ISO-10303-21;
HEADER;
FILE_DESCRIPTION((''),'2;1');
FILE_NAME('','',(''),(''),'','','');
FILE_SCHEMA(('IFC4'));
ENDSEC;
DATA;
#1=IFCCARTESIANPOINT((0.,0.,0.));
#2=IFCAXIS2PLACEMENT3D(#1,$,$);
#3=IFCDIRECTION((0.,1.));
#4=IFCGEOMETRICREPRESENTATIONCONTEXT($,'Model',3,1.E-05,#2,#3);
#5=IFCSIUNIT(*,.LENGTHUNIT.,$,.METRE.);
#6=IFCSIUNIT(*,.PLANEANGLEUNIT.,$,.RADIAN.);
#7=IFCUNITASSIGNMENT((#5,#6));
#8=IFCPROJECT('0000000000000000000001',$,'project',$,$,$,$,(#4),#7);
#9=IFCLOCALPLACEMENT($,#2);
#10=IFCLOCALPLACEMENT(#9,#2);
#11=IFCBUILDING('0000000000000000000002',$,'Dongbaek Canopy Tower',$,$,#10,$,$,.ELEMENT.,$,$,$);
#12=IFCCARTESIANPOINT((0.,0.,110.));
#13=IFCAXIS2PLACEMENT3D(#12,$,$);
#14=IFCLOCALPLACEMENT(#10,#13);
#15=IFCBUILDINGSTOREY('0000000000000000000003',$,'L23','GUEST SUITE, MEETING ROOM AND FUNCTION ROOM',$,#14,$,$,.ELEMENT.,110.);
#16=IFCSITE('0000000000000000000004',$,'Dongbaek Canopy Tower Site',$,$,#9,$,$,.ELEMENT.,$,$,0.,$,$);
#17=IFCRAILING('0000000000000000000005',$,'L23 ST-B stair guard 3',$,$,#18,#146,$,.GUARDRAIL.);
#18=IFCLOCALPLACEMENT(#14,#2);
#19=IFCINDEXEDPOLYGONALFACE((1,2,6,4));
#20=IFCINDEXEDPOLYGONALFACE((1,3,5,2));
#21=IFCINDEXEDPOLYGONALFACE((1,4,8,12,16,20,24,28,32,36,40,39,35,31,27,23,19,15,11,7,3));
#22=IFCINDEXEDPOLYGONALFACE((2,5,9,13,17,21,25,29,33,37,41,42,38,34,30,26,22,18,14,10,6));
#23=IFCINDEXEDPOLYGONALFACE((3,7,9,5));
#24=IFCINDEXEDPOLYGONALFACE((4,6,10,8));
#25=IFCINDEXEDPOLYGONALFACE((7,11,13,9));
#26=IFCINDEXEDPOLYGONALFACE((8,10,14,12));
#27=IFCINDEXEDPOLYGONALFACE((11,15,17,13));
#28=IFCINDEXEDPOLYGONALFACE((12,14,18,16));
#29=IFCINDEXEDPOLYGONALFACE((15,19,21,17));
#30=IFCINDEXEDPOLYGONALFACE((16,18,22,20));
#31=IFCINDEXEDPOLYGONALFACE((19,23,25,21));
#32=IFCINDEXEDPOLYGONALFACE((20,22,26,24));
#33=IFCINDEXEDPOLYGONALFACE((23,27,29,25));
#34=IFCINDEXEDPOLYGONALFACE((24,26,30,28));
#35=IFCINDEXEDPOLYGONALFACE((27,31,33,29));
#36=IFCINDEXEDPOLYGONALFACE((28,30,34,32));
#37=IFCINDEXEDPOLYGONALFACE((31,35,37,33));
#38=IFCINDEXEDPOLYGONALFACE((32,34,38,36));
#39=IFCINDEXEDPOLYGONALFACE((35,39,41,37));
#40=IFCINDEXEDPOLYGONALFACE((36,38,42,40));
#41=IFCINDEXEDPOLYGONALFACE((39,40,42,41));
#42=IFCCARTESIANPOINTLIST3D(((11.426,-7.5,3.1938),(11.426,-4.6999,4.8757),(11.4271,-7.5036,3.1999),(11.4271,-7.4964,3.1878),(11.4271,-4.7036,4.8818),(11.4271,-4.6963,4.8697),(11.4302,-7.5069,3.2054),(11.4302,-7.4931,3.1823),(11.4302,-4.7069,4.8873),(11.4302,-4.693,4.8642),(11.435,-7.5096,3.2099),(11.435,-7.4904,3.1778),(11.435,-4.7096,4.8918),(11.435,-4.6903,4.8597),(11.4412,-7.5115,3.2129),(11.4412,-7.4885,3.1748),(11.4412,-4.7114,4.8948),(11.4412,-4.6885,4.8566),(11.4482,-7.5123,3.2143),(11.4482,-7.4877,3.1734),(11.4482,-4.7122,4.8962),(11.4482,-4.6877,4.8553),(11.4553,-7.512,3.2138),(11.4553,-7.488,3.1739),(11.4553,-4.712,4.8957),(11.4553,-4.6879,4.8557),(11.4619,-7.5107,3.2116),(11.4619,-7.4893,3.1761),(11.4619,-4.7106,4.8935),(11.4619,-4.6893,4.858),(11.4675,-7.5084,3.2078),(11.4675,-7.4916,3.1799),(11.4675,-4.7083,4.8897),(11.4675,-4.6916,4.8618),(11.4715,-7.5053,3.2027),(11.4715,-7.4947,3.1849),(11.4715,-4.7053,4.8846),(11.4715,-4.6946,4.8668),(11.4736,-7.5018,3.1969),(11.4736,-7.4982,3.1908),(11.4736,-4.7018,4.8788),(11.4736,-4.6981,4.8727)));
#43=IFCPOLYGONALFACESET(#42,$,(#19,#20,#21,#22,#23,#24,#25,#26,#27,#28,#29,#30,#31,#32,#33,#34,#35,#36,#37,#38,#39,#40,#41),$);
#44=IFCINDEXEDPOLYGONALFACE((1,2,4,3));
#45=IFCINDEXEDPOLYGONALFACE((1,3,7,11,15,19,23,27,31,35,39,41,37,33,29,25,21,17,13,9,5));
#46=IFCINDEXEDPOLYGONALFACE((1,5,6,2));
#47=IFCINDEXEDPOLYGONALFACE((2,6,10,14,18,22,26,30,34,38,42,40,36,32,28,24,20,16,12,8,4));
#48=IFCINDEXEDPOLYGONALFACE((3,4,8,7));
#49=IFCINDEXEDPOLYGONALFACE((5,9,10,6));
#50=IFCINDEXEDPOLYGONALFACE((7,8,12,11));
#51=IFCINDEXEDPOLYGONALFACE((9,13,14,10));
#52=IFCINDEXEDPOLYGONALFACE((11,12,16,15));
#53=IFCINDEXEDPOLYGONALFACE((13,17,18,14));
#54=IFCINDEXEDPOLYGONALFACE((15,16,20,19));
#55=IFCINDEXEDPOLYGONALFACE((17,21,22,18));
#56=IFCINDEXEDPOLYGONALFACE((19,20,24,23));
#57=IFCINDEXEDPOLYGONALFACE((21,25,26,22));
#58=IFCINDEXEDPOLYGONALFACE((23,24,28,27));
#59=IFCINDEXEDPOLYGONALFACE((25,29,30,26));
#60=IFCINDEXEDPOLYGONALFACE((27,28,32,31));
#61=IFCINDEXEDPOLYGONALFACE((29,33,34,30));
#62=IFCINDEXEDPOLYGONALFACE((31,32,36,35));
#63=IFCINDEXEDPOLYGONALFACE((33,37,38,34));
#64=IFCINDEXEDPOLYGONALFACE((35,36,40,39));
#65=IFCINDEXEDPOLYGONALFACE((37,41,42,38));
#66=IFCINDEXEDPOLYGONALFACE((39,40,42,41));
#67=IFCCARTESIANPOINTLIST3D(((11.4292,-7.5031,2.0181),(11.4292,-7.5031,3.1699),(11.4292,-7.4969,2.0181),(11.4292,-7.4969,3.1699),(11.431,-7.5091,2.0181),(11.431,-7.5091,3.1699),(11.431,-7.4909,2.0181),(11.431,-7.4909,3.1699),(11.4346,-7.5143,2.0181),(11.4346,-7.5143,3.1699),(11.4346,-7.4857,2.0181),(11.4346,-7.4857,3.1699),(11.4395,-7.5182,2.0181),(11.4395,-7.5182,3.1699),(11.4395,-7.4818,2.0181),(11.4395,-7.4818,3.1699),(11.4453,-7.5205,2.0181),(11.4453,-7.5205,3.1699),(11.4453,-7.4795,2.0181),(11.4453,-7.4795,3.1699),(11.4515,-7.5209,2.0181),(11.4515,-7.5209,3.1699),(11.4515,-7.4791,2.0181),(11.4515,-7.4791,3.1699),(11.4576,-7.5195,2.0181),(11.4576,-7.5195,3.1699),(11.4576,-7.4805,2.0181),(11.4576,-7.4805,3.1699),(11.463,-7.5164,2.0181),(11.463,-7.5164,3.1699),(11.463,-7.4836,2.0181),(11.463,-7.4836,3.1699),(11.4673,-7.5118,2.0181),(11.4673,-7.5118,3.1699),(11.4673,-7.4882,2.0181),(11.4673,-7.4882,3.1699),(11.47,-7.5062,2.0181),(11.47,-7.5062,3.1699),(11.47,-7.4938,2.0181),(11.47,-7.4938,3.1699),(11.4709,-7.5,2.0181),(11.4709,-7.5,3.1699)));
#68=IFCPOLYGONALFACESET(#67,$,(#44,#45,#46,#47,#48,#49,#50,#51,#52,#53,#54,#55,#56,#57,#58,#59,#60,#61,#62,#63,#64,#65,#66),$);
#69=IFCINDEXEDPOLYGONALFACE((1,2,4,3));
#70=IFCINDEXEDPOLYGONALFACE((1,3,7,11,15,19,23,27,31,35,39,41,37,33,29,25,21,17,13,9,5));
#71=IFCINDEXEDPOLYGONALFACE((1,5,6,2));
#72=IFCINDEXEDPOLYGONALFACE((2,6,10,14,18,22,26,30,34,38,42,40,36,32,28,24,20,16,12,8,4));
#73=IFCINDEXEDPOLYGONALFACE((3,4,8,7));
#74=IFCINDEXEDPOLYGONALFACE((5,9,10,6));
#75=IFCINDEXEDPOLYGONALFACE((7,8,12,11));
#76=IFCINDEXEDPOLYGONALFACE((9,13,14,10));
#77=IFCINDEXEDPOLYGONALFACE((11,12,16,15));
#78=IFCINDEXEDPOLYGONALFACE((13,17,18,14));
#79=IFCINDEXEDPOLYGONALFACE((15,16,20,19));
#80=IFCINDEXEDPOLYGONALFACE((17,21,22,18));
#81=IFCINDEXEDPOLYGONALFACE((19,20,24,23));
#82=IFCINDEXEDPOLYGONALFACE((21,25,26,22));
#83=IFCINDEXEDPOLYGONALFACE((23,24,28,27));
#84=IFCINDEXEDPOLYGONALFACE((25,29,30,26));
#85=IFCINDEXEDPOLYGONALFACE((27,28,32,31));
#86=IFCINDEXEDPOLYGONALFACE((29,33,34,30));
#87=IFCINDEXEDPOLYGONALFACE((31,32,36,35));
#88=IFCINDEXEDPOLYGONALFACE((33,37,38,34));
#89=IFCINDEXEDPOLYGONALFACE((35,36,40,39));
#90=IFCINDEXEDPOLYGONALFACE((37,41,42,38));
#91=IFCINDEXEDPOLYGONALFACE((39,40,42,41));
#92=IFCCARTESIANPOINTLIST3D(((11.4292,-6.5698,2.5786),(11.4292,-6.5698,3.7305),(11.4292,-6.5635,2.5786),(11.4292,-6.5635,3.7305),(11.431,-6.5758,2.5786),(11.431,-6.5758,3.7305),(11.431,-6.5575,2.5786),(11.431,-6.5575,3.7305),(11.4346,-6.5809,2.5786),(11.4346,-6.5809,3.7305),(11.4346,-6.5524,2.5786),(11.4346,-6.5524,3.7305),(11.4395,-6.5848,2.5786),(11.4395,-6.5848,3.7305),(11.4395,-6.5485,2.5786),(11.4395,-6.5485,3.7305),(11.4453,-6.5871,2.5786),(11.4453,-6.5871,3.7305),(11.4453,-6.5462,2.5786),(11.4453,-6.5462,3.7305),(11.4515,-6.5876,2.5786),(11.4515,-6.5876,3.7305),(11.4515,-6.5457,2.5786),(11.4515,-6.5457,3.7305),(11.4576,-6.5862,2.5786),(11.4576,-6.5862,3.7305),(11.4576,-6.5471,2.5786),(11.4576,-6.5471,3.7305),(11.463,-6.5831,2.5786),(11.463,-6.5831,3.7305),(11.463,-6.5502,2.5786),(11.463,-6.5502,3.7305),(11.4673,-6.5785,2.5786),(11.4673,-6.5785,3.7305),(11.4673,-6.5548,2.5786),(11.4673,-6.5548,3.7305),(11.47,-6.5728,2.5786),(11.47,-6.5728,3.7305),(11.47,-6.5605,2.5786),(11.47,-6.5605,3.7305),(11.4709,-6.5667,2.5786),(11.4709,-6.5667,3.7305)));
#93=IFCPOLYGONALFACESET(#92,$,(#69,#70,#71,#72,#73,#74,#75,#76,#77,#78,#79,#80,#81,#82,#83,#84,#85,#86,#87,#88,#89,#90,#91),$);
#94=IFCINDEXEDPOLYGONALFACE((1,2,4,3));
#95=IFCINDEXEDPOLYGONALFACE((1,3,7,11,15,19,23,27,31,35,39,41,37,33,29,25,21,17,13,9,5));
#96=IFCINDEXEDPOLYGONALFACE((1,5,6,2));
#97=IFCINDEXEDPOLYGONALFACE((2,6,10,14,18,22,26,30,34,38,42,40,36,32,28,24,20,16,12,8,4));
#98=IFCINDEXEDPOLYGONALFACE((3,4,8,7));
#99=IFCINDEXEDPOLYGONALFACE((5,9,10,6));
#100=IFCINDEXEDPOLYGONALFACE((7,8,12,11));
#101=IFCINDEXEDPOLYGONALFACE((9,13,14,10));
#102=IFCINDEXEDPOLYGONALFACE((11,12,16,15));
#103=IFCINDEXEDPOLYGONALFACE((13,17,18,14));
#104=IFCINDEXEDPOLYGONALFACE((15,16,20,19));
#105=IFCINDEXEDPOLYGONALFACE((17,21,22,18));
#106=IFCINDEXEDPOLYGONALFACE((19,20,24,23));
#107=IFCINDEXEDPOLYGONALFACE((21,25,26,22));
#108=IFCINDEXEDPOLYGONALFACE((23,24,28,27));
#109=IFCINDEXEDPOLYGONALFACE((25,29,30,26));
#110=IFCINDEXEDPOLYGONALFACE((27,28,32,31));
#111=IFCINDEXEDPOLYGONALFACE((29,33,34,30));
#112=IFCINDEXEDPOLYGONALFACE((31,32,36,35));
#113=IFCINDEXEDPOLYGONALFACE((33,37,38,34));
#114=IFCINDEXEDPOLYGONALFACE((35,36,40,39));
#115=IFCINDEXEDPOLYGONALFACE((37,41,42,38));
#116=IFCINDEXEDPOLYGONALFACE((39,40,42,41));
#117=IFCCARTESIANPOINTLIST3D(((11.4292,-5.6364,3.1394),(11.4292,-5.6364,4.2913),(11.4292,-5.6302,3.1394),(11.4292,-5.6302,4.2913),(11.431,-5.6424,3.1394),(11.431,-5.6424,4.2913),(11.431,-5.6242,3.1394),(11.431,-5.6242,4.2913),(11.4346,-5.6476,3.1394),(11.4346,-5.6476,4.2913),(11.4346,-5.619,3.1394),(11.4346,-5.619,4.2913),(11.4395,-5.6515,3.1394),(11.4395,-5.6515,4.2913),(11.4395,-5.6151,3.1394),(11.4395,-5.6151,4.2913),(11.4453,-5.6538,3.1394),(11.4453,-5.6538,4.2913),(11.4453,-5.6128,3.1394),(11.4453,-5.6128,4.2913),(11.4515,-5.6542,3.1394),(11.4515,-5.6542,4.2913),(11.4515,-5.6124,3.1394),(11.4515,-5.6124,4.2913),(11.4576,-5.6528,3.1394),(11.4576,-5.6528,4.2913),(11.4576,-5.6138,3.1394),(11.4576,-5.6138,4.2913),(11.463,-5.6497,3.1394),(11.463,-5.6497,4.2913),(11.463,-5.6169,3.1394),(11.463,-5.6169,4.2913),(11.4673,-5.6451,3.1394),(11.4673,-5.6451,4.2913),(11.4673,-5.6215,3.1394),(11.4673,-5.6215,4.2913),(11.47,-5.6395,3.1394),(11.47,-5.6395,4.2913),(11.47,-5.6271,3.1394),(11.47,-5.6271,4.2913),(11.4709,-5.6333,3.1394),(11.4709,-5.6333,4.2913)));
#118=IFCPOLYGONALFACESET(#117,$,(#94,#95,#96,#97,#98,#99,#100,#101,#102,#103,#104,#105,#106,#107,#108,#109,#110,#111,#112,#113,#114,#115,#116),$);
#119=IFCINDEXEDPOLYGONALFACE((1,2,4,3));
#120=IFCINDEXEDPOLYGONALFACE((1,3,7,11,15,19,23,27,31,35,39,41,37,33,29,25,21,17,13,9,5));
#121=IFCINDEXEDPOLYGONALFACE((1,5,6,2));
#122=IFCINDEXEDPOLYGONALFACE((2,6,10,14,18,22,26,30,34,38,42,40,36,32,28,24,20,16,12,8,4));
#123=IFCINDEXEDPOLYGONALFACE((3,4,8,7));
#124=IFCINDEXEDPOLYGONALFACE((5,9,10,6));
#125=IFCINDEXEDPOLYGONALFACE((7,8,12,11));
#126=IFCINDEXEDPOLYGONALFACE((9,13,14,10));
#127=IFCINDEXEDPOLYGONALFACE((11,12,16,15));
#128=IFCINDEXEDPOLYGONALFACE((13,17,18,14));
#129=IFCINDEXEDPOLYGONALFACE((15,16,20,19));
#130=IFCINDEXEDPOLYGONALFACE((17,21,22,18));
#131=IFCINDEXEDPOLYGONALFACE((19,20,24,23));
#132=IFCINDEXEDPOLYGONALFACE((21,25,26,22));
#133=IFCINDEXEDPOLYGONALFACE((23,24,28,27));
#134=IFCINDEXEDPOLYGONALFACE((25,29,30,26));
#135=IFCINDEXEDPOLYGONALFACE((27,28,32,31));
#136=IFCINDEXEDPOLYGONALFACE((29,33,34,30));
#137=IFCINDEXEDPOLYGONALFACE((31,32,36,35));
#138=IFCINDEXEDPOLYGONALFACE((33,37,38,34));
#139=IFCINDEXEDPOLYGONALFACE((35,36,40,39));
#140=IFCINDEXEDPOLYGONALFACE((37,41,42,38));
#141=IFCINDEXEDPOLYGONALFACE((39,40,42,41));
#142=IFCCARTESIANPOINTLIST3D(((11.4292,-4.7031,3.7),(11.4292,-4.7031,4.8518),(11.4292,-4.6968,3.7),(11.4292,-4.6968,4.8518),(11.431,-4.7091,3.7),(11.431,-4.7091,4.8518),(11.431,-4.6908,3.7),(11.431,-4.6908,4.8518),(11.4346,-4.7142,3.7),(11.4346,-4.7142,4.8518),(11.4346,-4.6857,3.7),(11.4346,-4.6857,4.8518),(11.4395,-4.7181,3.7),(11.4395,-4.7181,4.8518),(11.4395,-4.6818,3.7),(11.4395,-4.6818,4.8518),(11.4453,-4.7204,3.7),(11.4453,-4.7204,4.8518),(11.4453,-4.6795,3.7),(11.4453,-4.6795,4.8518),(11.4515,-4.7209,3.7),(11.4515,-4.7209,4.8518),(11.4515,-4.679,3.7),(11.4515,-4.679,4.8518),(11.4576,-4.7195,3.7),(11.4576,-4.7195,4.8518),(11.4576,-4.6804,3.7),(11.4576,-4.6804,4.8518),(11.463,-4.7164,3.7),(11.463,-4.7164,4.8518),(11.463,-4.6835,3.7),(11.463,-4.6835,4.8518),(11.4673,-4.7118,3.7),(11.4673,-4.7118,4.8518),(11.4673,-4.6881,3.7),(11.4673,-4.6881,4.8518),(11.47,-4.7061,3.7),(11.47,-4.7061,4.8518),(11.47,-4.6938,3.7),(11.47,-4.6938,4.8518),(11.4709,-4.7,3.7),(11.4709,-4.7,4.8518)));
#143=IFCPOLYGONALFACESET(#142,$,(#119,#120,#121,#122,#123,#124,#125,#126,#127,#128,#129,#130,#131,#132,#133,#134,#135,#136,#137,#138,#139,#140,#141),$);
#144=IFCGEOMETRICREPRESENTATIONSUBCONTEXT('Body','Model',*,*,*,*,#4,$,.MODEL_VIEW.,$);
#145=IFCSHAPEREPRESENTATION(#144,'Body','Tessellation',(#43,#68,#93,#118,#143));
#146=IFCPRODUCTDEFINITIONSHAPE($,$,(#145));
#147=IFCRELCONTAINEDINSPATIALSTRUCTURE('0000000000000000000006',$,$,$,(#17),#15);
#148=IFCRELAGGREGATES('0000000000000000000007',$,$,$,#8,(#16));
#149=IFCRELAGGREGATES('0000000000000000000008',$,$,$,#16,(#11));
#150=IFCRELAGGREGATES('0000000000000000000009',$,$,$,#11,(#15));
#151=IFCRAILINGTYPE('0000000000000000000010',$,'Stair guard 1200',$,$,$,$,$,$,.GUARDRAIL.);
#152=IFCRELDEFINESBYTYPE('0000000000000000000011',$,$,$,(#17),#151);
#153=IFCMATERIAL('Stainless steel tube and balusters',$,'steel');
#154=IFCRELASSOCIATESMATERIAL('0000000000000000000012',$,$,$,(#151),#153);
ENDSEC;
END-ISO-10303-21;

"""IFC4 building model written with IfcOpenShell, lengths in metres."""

from ifc_helpers import new_model, si_unit, direction, frame, origin, origin_2d, place, context, subcontext, project, spatial, circle, extrude, material, type_object, element, save


model = new_model("IFC4")

# Units and contexts
model_context = context("Model", 3, precision=1e-05, world=origin(), true_north=direction((0.0, 1.0)))
body_context = subcontext(model_context, "Body", "Model", "MODEL_VIEW")
ifc_project = project(units=[si_unit("LENGTHUNIT", "METRE"), si_unit("PLANEANGLEUNIT", "RADIAN")], contexts=[model_context])

# Site, building, storey
site_placement = place(None, origin())
site = spatial("IfcSite", under=ifc_project, at=site_placement, Name="Dongbaek Canopy Tower Site", CompositionType="ELEMENT", RefElevation=0.0)
building_placement = place(site_placement, origin())
building = spatial("IfcBuilding", under=site, at=building_placement, Name="Dongbaek Canopy Tower", CompositionType="ELEMENT")
storey_placement = place(building_placement, frame((0.0, 0.0, 110.0)))
storey = spatial("IfcBuildingStorey", under=building, at=storey_placement, Name="L23", Description="GUEST SUITE, MEETING ROOM AND FUNCTION ROOM", CompositionType="ELEMENT", Elevation=110.0)

# Railing
ifc_material_1 = material(Name="Stainless steel tube and balusters", Category="steel")
railing_type_1 = type_object("IfcRailingType", Name="Stair guard 1200", PredefinedType="GUARDRAIL", material=ifc_material_1)
railing_1_placement = place(storey_placement, frame((11.45, -7.5, 2.0181)))
element("IfcRailing", 1, at=railing_1_placement, inside=storey, type_object=railing_type_1, Name="L23 ST-B stair guard 3", PredefinedType="GUARDRAIL", context=body_context, shape_type="SweptSolid", body=[
    extrude(circle(Radius=0.0239, at=origin_2d()), frame((0.0, 0.0, 1.1758), z_axis=(0.0, 0.857242, 0.514913), x_axis=(-1.0, 0.0, 0.0)), (0.0, 0.0, 1.0), 3.2664),
    extrude(circle(Radius=0.021, at=origin_2d()), origin(), (0.0, 0.0, 1.0), 1.1519),
    extrude(circle(Radius=0.021, at=origin_2d()), frame((0.0, 0.9333, 0.5605)), (0.0, 0.0, 1.0), 1.1519),
    extrude(circle(Radius=0.021, at=origin_2d()), frame((0.0, 1.8667, 1.1213)), (0.0, 0.0, 1.0), 1.1519),
    extrude(circle(Radius=0.021, at=origin_2d()), frame((0.0, 2.8, 1.6819)), (0.0, 0.0, 1.0), 1.1519),
])

save(model, "model.ifc")
